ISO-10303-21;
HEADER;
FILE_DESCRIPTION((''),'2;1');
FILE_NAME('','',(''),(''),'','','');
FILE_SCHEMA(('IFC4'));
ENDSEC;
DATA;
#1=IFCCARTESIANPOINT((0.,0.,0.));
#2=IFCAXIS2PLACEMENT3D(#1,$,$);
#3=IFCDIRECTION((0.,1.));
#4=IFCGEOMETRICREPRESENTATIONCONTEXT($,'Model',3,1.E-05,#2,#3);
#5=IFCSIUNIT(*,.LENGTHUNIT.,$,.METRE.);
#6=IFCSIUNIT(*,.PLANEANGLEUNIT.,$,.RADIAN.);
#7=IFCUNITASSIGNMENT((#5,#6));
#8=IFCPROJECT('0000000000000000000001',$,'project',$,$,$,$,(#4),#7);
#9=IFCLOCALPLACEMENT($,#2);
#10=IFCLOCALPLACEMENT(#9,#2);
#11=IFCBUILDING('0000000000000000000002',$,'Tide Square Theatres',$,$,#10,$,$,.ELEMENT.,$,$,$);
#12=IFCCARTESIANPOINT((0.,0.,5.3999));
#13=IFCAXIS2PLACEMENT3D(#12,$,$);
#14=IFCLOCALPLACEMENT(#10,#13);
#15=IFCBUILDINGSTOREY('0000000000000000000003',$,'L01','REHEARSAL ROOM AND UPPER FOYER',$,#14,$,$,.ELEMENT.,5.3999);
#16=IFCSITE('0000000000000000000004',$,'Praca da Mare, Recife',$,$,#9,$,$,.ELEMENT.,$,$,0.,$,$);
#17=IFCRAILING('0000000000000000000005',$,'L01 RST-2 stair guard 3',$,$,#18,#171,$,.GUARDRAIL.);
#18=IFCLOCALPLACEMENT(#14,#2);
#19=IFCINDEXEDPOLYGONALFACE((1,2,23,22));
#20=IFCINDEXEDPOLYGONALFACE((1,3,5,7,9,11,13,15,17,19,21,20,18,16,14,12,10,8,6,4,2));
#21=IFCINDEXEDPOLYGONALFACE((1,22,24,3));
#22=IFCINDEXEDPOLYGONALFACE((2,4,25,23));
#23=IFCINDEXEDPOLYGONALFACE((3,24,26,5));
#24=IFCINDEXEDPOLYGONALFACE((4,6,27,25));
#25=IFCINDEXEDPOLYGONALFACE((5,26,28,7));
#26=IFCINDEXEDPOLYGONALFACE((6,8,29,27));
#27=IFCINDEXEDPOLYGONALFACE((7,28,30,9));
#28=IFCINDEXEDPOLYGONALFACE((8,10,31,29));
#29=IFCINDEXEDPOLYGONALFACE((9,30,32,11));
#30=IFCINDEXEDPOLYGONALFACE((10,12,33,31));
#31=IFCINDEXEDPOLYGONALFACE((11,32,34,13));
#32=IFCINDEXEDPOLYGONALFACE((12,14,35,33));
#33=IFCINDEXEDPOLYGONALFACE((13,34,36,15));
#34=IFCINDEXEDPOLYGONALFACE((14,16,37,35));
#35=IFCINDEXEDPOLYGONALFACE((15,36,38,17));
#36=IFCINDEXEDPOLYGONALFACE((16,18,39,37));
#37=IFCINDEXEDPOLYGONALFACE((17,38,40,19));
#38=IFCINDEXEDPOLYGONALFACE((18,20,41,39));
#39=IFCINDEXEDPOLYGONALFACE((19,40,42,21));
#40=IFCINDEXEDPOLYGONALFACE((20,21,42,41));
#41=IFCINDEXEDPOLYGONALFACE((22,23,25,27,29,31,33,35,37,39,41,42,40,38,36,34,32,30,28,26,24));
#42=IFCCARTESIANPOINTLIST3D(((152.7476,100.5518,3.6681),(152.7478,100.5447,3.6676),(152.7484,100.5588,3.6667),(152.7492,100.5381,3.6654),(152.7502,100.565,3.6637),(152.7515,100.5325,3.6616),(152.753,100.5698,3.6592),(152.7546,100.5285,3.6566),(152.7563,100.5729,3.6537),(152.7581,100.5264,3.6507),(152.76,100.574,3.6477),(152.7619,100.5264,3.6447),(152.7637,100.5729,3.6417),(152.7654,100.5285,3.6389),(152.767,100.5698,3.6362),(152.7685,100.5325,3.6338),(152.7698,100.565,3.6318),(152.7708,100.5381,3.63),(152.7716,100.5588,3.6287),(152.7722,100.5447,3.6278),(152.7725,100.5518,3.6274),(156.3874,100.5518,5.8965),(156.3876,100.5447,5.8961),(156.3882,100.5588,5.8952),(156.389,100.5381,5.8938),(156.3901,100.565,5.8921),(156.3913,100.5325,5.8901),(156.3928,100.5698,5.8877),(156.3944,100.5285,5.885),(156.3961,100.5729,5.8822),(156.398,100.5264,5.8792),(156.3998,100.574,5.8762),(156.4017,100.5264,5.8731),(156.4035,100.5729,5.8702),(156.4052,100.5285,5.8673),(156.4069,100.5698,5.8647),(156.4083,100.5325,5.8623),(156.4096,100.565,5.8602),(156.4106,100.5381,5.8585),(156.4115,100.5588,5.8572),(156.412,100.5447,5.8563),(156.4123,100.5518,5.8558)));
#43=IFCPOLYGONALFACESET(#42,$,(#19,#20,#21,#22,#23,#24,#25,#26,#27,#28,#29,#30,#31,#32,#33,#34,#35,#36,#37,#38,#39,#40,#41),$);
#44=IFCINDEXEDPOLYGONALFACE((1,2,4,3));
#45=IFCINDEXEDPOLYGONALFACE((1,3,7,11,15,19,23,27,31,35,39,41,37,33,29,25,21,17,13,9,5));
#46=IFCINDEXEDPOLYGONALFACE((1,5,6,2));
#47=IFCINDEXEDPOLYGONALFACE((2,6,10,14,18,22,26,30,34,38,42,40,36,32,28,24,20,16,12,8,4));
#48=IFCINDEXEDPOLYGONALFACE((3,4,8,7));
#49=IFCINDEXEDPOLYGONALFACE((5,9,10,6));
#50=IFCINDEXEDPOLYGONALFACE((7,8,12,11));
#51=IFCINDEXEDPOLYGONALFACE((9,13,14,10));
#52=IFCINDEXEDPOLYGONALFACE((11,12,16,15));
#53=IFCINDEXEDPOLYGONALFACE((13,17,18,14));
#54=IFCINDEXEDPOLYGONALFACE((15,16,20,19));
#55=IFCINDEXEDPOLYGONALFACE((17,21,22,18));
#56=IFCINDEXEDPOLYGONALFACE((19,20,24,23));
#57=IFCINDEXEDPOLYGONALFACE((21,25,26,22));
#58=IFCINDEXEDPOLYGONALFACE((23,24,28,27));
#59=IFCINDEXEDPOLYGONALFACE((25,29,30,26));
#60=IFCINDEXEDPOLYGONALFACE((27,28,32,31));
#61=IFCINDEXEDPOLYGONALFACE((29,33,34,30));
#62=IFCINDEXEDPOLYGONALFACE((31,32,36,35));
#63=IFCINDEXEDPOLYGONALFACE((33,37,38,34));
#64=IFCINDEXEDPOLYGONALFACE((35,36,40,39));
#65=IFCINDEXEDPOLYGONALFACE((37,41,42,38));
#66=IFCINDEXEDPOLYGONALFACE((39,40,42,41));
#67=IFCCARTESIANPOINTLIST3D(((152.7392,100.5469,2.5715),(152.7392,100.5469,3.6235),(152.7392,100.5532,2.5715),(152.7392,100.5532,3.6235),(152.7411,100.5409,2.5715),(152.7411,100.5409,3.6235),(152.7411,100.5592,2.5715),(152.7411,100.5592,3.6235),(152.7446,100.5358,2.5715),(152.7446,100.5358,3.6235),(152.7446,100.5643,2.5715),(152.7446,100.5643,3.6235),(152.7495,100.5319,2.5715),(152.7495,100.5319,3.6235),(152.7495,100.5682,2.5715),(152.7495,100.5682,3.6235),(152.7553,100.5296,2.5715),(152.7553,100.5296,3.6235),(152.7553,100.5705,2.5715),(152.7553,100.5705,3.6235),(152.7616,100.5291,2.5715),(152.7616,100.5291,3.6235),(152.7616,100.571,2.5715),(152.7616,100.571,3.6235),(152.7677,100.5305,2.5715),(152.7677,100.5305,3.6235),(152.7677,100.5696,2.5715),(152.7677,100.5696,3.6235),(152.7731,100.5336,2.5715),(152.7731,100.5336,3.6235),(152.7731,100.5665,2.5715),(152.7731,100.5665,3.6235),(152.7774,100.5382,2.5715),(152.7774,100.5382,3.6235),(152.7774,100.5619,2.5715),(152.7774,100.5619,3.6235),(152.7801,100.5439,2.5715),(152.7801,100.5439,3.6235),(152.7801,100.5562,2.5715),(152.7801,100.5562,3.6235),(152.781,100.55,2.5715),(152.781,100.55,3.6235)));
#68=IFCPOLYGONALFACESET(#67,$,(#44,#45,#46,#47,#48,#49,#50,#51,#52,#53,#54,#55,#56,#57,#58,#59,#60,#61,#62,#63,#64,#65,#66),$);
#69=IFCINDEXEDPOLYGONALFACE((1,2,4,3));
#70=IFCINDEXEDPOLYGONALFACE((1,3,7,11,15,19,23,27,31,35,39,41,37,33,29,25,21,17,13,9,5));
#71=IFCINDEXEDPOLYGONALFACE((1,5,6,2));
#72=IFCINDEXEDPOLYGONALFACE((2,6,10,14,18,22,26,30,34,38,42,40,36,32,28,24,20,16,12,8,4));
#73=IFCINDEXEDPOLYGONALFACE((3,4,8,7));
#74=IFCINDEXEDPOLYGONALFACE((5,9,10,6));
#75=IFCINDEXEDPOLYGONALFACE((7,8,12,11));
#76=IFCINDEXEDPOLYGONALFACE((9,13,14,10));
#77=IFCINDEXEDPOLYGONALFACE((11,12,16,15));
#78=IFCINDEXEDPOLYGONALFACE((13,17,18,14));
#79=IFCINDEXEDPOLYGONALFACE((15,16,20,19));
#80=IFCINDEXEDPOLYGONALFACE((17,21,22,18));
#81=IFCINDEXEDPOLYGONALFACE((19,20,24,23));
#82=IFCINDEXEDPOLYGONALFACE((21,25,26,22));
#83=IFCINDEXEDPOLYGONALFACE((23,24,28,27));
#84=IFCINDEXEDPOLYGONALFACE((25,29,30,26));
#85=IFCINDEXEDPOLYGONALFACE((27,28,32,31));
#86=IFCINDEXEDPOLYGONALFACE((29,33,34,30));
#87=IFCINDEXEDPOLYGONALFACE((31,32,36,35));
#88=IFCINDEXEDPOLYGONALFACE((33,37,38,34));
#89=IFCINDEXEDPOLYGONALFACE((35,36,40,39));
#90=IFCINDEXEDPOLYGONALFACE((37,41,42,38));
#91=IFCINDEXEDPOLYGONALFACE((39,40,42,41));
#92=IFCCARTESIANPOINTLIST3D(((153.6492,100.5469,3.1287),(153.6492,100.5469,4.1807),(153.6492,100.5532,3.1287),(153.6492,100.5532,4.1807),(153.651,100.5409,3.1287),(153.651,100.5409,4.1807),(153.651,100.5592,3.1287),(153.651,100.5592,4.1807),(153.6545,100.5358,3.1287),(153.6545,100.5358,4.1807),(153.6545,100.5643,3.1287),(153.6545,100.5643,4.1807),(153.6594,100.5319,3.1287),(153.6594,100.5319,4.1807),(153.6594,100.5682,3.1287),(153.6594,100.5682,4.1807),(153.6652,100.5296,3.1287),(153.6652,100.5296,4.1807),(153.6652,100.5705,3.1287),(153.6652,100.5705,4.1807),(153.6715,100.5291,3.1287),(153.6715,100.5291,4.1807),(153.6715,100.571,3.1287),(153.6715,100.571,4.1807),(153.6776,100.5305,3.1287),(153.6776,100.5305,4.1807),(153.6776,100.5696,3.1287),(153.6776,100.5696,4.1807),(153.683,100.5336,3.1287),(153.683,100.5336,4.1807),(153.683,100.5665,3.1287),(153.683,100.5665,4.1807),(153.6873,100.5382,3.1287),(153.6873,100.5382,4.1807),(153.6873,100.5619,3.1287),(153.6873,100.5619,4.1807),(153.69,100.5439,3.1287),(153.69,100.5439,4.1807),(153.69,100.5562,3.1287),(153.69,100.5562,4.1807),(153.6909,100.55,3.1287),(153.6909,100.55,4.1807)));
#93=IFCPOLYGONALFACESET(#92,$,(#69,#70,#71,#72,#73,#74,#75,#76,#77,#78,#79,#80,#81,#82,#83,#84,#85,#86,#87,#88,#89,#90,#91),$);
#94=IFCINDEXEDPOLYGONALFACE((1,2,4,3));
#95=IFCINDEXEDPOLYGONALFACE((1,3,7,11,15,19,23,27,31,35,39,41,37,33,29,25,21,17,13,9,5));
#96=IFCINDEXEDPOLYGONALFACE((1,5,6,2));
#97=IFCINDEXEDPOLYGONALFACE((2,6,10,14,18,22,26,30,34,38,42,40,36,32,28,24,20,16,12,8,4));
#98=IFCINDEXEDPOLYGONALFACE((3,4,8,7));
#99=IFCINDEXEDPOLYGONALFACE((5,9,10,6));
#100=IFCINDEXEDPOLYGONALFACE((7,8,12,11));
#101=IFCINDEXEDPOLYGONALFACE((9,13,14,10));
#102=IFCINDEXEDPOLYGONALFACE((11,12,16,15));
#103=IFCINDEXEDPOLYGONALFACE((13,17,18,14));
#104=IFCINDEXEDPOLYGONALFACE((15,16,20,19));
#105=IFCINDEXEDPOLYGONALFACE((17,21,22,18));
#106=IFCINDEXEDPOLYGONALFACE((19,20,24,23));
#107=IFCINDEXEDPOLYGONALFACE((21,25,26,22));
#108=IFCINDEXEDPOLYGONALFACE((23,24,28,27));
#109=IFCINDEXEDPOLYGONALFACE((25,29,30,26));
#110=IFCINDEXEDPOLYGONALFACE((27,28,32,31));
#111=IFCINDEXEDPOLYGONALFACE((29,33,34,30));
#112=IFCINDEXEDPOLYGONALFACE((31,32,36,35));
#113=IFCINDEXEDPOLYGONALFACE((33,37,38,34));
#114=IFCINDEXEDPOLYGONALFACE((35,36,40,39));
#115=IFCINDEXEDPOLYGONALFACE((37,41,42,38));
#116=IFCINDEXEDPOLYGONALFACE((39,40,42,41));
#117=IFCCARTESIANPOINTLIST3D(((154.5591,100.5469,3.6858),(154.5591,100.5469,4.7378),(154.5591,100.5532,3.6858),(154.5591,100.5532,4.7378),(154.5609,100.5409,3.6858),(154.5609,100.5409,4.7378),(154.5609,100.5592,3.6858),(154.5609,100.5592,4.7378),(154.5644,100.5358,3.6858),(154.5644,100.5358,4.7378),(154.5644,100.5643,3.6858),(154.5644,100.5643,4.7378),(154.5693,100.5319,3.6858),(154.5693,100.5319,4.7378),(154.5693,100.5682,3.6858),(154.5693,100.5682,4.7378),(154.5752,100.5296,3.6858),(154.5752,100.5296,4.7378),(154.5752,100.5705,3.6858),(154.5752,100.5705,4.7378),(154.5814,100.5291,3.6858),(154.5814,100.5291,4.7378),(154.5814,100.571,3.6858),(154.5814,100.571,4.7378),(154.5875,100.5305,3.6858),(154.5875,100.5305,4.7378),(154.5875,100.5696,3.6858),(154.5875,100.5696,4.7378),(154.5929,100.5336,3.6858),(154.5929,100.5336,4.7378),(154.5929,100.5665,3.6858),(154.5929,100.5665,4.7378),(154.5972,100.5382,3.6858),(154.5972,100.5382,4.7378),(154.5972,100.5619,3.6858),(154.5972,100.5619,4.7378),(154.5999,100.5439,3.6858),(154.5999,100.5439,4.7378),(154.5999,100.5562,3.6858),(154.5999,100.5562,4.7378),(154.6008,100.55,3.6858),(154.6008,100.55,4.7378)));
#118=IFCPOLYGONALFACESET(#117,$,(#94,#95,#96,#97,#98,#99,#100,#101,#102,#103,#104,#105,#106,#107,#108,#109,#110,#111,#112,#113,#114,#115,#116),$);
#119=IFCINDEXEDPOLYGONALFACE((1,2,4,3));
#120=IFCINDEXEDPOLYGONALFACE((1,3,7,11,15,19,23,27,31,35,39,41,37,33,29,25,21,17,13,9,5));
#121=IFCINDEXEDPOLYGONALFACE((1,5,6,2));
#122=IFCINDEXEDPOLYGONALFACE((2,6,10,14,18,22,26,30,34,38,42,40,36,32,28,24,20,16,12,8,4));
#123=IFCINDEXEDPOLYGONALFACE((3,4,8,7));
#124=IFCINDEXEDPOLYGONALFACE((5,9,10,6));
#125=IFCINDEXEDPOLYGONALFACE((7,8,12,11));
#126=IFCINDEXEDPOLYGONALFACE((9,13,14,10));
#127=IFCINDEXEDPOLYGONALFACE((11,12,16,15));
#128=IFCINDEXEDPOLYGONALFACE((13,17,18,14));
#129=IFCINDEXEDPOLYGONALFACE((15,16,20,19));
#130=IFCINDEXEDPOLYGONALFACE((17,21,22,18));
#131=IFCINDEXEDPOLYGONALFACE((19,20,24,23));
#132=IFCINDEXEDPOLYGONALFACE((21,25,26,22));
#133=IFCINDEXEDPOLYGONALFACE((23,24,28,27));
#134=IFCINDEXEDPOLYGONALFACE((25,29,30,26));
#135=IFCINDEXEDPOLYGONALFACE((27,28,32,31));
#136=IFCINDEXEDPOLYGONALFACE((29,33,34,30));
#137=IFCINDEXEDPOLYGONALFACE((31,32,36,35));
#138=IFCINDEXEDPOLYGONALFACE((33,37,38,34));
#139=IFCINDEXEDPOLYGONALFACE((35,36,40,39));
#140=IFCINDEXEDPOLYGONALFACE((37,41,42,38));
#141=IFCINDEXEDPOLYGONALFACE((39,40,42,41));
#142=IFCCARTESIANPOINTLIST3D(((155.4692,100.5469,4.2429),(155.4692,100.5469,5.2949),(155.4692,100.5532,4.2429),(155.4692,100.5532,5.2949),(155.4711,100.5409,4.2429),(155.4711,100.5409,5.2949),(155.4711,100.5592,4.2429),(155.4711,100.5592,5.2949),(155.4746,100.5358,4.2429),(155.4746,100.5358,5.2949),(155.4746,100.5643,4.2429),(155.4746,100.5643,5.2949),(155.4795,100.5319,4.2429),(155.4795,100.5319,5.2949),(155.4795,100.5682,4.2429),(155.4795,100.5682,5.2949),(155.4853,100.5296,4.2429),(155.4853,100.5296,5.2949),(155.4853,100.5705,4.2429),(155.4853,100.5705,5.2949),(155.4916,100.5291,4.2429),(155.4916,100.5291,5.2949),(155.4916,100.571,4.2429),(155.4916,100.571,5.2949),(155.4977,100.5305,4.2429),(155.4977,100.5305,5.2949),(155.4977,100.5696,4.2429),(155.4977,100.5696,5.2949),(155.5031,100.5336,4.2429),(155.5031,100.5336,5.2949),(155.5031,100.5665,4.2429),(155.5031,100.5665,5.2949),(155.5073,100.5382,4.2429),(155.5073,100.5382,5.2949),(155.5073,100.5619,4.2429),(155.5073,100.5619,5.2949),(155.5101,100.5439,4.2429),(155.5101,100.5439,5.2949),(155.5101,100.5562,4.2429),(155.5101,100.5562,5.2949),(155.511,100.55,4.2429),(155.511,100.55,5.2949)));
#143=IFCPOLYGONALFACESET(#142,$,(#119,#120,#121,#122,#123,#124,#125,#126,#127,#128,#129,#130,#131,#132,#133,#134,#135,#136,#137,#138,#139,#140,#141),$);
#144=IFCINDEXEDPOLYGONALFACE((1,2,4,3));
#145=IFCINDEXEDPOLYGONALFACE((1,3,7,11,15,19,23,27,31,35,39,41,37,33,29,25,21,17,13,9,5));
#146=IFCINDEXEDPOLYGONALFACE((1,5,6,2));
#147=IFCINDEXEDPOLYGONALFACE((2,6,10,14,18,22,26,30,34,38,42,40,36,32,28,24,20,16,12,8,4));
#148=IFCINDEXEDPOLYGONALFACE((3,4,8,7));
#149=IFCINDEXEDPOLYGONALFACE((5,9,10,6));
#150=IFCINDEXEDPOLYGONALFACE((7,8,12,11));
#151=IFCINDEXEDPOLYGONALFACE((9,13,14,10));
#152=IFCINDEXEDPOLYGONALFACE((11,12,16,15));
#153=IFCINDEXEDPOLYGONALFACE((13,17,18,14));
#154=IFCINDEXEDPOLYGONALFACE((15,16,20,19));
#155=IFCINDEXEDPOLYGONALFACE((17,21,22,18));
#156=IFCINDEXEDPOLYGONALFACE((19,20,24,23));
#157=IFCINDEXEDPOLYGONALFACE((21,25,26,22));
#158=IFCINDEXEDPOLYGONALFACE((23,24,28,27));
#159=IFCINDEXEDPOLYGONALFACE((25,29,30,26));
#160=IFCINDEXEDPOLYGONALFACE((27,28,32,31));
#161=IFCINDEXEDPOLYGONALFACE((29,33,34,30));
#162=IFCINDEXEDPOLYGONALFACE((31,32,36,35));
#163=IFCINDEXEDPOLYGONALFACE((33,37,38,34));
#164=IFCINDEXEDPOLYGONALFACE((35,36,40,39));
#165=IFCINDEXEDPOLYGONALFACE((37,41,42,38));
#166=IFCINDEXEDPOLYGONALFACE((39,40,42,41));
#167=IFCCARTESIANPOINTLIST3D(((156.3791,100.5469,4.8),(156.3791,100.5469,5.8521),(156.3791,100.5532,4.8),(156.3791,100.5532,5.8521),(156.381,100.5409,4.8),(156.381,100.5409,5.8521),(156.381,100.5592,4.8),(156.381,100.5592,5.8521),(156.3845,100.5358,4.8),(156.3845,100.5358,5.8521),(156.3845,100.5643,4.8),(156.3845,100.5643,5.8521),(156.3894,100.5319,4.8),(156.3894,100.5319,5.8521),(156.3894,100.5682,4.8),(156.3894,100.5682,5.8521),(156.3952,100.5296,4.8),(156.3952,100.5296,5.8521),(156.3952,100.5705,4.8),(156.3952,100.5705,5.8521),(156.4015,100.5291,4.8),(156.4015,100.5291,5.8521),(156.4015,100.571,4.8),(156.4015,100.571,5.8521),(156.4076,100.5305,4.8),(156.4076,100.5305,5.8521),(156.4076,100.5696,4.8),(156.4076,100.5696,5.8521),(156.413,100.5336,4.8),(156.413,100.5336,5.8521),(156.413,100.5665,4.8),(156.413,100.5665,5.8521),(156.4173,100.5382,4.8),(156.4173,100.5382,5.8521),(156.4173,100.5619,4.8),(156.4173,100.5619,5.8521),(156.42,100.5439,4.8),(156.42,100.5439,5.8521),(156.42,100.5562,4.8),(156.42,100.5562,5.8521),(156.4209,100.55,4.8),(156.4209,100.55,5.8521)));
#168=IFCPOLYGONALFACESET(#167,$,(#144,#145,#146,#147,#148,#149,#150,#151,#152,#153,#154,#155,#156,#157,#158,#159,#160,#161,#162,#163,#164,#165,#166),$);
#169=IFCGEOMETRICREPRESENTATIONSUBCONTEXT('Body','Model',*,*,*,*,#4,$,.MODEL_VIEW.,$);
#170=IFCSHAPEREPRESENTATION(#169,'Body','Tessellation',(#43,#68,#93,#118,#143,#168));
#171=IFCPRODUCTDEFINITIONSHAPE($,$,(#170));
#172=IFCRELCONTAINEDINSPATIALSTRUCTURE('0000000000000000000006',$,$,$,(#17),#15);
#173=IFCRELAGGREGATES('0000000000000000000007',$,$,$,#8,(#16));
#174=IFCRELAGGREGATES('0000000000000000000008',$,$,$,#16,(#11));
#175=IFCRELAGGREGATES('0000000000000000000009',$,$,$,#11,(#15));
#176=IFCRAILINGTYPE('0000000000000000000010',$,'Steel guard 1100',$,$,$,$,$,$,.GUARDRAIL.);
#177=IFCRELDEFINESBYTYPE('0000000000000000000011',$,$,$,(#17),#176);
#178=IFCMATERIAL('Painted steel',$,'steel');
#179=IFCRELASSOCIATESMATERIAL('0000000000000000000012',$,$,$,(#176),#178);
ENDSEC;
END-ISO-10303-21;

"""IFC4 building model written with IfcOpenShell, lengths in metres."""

from ifc_helpers import new_model, si_unit, direction, frame, origin, origin_2d, place, context, subcontext, project, spatial, circle, extrude, material, type_object, element, save


model = new_model("IFC4")

# Units and contexts
model_context = context("Model", 3, precision=1e-05, world=origin(), true_north=direction((0.0, 1.0)))
body_context = subcontext(model_context, "Body", "Model", "MODEL_VIEW")
ifc_project = project(units=[si_unit("LENGTHUNIT", "METRE"), si_unit("PLANEANGLEUNIT", "RADIAN")], contexts=[model_context])

# Site, building, storey
site_placement = place(None, origin())
site = spatial("IfcSite", under=ifc_project, at=site_placement, Name="Praca da Mare, Recife", CompositionType="ELEMENT", RefElevation=0.0)
building_placement = place(site_placement, origin())
building = spatial("IfcBuilding", under=site, at=building_placement, Name="Tide Square Theatres", CompositionType="ELEMENT")
storey_placement = place(building_placement, frame((0.0, 0.0, 5.3999)))
storey = spatial("IfcBuildingStorey", under=building, at=storey_placement, Name="L01", Description="REHEARSAL ROOM AND UPPER FOYER", CompositionType="ELEMENT", Elevation=5.3999)

# Railing
ifc_material_1 = material(Name="Painted steel", Category="steel")
railing_type_1 = type_object("IfcRailingType", Name="Steel guard 1100", PredefinedType="GUARDRAIL", material=ifc_material_1)
railing_1_placement = place(storey_placement, frame((152.76, 100.55, 2.5715)))
element("IfcRailing", 1, at=railing_1_placement, inside=storey, type_object=railing_type_1, Name="L01 RST-2 stair guard 3", PredefinedType="GUARDRAIL", context=body_context, shape_type="SweptSolid", body=[
    extrude(circle(Radius=0.0239, at=origin_2d()), frame((0.0, 0.0, 1.0762), z_axis=(0.85285, 0.0, 0.522156), x_axis=(0.0, 1.0, 0.0)), (0.0, 0.0, 1.0), 4.2678),
    extrude(circle(Radius=0.021, at=origin_2d()), origin(), (0.0, 0.0, 1.0), 1.052),
    extrude(circle(Radius=0.021, at=origin_2d()), frame((0.9099, 0.0, 0.5571)), (0.0, 0.0, 1.0), 1.052),
    extrude(circle(Radius=0.021, at=origin_2d()), frame((1.8198, 0.0, 1.1143)), (0.0, 0.0, 1.0), 1.052),
    extrude(circle(Radius=0.021, at=origin_2d()), frame((2.73, 0.0, 1.6714)), (0.0, 0.0, 1.0), 1.052),
    extrude(circle(Radius=0.021, at=origin_2d()), frame((3.6399, 0.0, 2.2285)), (0.0, 0.0, 1.0), 1.052),
])

save(model, "model.ifc")
